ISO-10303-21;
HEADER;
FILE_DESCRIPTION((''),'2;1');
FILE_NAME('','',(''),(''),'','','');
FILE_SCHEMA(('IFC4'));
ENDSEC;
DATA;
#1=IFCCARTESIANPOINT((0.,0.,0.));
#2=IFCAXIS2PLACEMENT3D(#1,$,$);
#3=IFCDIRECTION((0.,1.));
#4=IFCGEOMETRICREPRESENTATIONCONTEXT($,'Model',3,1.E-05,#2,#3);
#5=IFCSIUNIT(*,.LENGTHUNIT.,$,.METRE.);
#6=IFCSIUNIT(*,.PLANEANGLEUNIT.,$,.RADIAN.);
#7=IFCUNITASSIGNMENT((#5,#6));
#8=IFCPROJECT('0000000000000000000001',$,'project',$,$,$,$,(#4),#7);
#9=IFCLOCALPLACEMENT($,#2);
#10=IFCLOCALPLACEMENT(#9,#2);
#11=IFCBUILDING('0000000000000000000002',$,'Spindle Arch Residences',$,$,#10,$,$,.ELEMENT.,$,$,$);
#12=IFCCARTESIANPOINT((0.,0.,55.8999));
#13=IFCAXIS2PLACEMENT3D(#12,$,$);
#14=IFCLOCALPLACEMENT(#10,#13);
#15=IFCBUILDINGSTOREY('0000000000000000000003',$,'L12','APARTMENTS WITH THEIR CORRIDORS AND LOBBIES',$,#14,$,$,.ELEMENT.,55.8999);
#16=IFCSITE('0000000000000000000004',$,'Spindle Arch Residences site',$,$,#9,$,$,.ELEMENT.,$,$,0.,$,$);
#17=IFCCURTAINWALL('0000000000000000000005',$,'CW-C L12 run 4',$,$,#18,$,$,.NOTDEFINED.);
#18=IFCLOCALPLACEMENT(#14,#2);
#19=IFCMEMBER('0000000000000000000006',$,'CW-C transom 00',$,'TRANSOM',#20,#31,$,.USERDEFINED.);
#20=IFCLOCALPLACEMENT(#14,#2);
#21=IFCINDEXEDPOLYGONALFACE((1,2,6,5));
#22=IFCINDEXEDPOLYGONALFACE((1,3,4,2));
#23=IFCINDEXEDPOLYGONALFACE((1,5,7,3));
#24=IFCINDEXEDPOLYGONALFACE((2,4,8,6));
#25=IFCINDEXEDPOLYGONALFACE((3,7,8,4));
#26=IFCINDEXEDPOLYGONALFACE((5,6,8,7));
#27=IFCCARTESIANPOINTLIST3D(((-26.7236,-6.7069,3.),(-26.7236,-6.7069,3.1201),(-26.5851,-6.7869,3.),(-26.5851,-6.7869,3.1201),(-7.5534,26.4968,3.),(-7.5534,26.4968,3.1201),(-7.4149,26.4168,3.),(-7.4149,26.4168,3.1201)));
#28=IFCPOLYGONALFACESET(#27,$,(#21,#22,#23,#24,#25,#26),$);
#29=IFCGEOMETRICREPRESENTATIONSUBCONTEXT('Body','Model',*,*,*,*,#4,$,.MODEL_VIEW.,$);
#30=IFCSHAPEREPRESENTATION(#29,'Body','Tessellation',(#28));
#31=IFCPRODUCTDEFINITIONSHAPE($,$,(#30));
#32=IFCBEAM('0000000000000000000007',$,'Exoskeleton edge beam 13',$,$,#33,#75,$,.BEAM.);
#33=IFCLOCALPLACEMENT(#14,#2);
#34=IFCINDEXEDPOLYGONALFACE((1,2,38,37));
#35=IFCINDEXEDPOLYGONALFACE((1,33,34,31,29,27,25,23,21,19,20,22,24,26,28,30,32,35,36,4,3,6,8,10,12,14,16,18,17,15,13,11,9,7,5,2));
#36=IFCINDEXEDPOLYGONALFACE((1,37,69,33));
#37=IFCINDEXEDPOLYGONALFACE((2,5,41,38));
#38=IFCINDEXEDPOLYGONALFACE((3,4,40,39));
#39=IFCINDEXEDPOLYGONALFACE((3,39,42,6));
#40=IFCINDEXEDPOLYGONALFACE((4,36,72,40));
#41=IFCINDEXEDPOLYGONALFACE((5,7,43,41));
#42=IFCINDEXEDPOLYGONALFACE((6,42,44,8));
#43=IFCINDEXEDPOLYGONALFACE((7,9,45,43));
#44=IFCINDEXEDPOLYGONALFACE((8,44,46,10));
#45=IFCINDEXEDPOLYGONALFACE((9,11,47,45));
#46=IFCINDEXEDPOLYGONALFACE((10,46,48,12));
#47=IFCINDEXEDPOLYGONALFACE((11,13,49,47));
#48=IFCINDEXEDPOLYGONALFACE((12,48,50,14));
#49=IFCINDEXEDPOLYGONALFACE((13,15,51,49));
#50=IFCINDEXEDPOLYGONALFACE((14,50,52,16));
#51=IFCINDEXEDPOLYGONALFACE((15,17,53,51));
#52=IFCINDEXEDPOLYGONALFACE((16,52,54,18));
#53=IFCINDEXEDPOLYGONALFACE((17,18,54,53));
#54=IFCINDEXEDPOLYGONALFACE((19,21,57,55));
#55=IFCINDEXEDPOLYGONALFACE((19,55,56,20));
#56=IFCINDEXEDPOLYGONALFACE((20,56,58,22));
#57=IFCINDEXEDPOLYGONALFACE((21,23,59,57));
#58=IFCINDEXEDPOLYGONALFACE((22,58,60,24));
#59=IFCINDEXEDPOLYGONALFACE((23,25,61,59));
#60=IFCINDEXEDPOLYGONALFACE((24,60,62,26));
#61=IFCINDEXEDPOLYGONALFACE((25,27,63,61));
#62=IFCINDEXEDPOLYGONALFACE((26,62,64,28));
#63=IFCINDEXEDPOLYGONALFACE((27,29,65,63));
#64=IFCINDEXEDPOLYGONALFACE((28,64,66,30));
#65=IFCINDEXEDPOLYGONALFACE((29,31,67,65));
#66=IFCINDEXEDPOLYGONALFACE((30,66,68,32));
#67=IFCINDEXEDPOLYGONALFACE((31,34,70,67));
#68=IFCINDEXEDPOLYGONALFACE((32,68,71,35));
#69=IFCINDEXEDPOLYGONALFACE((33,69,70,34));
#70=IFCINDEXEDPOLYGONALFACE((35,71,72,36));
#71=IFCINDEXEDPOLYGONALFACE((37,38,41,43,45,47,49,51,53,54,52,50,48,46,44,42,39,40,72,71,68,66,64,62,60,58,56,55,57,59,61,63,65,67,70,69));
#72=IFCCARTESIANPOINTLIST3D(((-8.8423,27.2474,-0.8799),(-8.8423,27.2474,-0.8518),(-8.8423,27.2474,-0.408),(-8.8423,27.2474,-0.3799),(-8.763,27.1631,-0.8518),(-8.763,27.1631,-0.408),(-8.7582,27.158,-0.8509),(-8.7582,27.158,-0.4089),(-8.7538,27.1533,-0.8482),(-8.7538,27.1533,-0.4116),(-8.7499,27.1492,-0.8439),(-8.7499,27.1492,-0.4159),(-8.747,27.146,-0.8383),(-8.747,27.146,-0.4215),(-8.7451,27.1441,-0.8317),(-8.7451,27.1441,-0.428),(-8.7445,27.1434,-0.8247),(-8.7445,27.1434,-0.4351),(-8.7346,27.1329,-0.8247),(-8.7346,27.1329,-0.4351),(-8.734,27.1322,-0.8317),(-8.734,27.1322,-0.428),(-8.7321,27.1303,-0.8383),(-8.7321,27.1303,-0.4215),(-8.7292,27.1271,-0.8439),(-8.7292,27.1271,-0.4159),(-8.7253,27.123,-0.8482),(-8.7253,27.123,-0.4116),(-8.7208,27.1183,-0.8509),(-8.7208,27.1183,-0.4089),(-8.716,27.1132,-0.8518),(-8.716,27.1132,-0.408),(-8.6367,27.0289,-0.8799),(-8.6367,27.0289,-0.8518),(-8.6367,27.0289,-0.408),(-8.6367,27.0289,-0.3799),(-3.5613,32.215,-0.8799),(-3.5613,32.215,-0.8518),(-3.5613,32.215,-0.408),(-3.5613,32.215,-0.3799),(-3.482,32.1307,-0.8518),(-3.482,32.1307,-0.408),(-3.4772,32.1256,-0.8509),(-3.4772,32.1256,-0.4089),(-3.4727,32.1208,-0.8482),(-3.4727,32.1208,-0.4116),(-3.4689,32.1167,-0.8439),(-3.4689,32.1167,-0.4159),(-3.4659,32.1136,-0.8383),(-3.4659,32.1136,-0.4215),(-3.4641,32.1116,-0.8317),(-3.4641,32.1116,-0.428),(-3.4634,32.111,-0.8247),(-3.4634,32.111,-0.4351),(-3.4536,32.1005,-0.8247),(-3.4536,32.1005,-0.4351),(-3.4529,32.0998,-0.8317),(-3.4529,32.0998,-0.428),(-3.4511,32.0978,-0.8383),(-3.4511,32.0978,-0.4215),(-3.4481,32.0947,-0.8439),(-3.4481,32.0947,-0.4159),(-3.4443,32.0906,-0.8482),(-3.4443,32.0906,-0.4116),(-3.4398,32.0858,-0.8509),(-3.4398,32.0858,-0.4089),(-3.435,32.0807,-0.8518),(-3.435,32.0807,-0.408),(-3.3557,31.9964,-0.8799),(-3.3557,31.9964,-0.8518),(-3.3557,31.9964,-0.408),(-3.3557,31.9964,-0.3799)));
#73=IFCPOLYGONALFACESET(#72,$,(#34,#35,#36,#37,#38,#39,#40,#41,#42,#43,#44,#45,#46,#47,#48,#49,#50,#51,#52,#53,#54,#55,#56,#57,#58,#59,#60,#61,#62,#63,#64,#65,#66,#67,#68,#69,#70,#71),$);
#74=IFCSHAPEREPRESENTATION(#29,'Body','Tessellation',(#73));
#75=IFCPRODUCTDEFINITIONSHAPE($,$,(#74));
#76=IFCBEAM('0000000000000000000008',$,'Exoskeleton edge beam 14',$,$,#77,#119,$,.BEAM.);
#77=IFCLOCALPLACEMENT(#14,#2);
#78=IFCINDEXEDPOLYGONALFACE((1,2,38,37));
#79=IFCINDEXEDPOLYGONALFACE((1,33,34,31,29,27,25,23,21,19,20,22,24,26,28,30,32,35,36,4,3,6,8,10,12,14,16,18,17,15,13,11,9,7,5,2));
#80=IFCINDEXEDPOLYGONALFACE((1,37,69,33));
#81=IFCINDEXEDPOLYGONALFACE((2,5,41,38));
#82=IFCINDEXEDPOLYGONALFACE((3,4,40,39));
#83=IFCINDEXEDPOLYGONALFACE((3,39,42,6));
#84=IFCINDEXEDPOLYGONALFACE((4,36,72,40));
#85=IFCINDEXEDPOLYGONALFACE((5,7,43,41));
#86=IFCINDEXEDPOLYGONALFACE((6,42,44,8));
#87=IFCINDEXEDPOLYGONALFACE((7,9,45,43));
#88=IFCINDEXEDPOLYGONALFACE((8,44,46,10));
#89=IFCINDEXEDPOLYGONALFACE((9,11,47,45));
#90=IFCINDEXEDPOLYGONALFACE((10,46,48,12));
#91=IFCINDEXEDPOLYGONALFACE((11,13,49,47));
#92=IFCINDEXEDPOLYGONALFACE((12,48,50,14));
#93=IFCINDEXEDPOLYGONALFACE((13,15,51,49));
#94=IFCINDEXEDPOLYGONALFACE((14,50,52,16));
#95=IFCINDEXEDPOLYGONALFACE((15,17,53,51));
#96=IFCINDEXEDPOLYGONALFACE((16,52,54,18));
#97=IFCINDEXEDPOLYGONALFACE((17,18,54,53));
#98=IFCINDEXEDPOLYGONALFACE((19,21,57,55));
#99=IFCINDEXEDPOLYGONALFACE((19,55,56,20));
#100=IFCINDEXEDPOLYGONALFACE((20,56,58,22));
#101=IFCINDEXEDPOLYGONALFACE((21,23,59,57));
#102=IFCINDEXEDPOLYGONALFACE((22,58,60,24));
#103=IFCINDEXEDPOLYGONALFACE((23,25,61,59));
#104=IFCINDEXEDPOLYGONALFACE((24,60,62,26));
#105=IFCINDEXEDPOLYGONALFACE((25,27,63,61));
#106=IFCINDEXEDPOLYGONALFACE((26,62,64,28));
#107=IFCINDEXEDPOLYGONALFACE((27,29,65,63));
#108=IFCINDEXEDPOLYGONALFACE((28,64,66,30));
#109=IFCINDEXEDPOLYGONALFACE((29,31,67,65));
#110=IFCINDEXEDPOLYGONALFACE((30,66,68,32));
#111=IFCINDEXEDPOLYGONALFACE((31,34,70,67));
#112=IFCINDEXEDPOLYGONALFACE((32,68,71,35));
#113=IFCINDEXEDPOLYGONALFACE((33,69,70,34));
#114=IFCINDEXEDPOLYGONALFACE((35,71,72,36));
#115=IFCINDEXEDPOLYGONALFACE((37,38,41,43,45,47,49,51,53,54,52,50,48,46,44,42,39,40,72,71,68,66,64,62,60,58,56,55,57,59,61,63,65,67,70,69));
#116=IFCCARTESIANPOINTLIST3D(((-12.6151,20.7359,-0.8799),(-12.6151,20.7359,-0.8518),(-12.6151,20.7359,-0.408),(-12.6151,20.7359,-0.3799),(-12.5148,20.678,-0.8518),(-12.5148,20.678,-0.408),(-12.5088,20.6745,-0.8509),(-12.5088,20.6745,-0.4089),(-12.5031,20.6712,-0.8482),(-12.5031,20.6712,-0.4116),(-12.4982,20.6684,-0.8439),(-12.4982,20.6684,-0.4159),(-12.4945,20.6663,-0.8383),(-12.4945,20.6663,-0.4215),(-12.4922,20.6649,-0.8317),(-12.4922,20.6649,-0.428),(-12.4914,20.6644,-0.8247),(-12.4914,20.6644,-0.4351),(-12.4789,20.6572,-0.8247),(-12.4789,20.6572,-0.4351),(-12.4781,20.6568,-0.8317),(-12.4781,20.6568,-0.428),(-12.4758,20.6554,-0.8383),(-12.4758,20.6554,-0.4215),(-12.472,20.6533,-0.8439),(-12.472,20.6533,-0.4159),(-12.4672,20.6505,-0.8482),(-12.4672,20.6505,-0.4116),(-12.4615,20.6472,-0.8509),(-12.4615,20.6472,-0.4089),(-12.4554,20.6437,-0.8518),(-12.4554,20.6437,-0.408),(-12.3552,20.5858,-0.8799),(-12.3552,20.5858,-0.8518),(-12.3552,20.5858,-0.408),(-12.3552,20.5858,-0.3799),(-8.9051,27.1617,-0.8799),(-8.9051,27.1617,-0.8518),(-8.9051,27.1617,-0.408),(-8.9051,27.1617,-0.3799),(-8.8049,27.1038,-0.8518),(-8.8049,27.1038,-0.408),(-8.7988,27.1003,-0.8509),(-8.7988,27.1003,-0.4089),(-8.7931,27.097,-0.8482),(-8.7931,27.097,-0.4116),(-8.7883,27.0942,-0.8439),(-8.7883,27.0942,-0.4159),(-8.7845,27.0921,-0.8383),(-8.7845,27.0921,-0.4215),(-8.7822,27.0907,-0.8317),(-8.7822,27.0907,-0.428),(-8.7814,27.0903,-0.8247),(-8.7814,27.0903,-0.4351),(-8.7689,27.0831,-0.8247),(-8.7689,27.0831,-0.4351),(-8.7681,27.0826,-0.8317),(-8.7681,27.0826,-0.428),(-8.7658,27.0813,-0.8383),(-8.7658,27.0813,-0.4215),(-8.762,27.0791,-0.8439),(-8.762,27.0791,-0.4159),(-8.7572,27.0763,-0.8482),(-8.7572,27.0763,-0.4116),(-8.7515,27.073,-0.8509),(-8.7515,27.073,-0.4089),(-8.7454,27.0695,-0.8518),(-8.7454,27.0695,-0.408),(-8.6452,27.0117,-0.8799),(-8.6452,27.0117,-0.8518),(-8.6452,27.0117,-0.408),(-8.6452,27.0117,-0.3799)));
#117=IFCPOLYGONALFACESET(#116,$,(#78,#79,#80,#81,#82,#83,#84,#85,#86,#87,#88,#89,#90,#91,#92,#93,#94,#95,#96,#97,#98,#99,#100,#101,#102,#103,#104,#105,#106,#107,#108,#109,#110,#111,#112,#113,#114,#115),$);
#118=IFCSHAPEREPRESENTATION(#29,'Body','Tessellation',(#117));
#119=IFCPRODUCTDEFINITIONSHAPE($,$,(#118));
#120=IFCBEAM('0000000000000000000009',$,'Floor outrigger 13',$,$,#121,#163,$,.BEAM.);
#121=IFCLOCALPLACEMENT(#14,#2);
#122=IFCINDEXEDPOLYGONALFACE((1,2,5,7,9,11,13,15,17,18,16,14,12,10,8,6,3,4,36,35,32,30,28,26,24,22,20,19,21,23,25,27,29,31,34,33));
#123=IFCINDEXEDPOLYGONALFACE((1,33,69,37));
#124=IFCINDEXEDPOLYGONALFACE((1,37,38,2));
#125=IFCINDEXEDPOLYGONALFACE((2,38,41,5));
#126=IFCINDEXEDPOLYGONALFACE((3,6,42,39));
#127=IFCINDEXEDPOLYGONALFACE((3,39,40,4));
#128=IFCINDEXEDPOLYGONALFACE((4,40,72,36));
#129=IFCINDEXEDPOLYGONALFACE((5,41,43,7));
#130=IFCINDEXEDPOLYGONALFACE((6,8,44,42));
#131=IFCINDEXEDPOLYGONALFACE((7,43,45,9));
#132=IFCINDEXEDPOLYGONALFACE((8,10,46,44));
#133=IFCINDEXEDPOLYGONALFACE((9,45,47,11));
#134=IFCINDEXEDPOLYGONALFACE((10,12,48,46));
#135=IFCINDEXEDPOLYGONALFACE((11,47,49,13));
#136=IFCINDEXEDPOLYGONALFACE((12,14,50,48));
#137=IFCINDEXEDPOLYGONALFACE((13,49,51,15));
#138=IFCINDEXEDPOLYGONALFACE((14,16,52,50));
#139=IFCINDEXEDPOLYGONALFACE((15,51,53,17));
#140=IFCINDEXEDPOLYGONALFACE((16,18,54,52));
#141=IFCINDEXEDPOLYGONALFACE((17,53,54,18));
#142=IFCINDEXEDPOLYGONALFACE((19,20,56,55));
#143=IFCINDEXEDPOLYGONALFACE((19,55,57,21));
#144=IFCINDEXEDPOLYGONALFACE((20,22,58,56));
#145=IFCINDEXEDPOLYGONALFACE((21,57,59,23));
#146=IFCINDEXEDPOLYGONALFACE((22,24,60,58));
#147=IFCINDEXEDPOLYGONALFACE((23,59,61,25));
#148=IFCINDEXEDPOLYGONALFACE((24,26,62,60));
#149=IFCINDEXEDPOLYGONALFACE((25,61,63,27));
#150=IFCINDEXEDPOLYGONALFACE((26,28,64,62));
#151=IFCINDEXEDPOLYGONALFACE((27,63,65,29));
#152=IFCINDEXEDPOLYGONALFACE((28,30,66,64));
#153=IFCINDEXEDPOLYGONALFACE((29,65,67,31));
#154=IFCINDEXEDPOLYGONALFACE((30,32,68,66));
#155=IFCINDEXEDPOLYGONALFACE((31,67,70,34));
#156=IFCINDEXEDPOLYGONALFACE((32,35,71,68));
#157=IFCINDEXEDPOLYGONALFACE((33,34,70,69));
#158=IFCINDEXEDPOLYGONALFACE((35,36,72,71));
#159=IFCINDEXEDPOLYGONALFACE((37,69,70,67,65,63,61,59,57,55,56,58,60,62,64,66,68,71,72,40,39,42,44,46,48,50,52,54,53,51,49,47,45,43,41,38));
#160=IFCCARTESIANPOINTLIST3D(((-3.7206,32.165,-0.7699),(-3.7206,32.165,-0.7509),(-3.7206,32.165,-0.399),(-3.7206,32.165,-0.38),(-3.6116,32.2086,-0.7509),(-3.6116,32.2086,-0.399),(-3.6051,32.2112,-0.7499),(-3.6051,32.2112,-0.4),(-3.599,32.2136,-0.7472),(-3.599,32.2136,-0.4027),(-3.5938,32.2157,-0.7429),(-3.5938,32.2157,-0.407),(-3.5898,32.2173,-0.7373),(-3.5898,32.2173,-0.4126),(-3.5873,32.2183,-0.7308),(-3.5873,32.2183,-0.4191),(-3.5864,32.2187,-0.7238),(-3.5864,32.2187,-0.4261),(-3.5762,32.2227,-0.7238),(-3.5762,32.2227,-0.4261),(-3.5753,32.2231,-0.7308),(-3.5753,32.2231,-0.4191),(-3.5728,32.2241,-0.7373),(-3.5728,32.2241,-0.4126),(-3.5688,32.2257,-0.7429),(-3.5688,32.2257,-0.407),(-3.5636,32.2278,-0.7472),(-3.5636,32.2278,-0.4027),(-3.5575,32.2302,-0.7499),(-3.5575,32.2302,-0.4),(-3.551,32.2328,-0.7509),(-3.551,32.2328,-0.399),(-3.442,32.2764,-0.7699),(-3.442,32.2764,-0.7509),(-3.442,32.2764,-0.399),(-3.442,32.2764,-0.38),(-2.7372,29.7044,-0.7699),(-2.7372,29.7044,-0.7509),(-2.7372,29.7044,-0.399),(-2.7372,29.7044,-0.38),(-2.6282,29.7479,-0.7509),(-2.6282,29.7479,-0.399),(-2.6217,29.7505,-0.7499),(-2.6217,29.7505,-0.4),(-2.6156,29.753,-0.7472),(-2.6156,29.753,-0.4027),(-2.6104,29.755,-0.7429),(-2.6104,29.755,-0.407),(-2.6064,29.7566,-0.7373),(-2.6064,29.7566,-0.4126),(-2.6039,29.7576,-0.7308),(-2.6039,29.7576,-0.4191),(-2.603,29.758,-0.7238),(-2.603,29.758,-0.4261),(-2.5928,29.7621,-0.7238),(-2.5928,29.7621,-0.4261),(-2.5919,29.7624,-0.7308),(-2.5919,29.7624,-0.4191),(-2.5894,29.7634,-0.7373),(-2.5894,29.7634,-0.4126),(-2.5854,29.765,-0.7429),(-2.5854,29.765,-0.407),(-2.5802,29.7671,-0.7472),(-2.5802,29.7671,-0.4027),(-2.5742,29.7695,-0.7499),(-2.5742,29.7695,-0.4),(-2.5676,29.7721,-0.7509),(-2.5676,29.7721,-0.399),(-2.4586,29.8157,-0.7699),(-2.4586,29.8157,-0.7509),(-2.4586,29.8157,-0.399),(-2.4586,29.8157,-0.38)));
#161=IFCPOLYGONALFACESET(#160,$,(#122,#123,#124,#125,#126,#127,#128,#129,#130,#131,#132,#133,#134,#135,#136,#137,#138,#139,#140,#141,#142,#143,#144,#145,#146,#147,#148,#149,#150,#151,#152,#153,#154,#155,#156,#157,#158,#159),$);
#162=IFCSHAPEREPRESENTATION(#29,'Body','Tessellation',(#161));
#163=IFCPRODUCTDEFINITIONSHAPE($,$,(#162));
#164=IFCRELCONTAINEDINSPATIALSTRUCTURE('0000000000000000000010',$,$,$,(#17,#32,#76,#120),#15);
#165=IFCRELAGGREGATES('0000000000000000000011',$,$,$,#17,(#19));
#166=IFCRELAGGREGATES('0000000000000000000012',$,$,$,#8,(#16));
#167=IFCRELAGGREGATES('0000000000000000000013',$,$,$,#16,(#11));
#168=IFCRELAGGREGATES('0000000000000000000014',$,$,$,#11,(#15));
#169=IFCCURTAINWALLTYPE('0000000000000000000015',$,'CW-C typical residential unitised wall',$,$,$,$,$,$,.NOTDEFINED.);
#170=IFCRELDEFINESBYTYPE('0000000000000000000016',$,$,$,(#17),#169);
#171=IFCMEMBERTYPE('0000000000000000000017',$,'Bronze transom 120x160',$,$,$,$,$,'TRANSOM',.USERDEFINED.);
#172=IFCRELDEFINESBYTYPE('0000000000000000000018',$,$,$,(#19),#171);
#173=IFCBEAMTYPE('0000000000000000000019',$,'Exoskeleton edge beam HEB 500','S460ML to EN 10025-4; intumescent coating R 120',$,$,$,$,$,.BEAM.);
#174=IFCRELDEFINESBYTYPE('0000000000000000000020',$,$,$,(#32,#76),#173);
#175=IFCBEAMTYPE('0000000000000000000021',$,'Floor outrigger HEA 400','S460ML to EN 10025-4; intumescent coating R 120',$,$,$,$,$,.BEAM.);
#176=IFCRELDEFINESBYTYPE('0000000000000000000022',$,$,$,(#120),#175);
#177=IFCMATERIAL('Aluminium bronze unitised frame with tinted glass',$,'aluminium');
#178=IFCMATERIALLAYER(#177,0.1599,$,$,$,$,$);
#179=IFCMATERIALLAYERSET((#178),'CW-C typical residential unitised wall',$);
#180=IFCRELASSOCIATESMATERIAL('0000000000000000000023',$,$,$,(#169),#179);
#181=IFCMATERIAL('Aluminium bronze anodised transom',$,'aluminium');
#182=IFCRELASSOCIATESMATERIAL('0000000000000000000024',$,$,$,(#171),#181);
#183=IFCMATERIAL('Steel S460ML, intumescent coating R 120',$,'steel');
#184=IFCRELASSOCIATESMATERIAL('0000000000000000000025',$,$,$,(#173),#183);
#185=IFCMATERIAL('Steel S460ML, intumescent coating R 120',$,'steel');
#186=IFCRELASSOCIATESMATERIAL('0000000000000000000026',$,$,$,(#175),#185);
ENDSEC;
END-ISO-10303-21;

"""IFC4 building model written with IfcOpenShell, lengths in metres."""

from ifc_helpers import new_model, si_unit, direction, frame, origin, origin_2d, place, context, subcontext, project, spatial, rectangle, i_section, extrude, material, layer, layer_set, material_profile, profile_set, type_object, element, aggregate, save


model = new_model("IFC4")

# Units and contexts
model_context = context("Model", 3, precision=1e-05, world=origin(), true_north=direction((0.0, 1.0)))
body_context = subcontext(model_context, "Body", "Model", "MODEL_VIEW")
ifc_project = project(units=[si_unit("LENGTHUNIT", "METRE"), si_unit("PLANEANGLEUNIT", "RADIAN")], contexts=[model_context])

# Site, building, storey
site_placement = place(None, origin())
site = spatial("IfcSite", under=ifc_project, at=site_placement, Name="Spindle Arch Residences site", CompositionType="ELEMENT", RefElevation=0.0)
building_placement = place(site_placement, origin())
building = spatial("IfcBuilding", under=site, at=building_placement, Name="Spindle Arch Residences", CompositionType="ELEMENT")
storey_placement = place(building_placement, frame((0.0, 0.0, 55.8999)))
storey = spatial("IfcBuildingStorey", under=building, at=storey_placement, Name="L12", Description="APARTMENTS WITH THEIR CORRIDORS AND LOBBIES", CompositionType="ELEMENT", Elevation=55.8999)

# Curtain wall
ifc_material_1 = material(Name="Aluminium bronze unitised frame with tinted glass", Category="aluminium")
ifc_layer_1 = layer(ifc_material_1, 0.1599)
ifc_layer_set_1 = layer_set([ifc_layer_1], Name="CW-C typical residential unitised wall")
curtain_wall_type_1 = type_object("IfcCurtainWallType", Name="CW-C typical residential unitised wall", PredefinedType="NOTDEFINED", material=ifc_layer_set_1)
curtain_wall_1_placement = place(storey_placement, origin())
curtain_wall_1 = element("IfcCurtainWall", 1, at=curtain_wall_1_placement, inside=storey, type_object=curtain_wall_type_1, Name="CW-C L12 run 4", PredefinedType="NOTDEFINED")

# Member
ifc_material_2 = material(Name="Aluminium bronze anodised transom", Category="aluminium")
ifc_material_profile_1 = material_profile(ifc_material_2, rectangle(XDim=0.1599, YDim=0.1201, at=origin_2d()), Name="TR 120x160")
ifc_profile_set_1 = profile_set([ifc_material_profile_1], Name="Aluminium bronze anodised transom")
member_type_1 = type_object("IfcMemberType", Name="Bronze transom 120x160", ElementType="TRANSOM", PredefinedType="USERDEFINED", material=ifc_profile_set_1)
member_1_placement = place(storey_placement, frame((-7.4841, 26.4568, 3.0601), z_axis=(-0.500001, -0.866025, 0.0), x_axis=(0.866025, -0.500001, 0.0)))
member_1 = element("IfcMember", 2, at=member_1_placement, type_object=member_type_1, Name="CW-C transom 00", ObjectType="TRANSOM", PredefinedType="USERDEFINED", context=body_context, shape_type="SweptSolid", body=[
    extrude(rectangle(XDim=0.1599, YDim=0.1201, at=origin_2d()), origin(), (0.0, 0.0, 1.0), 38.3403),
])

# Beams
ifc_material_3 = material(Name="Steel S460ML, intumescent coating R 120", Category="steel")
ifc_material_profile_2 = material_profile(ifc_material_3, i_section(OverallWidth=0.3, OverallDepth=0.5, WebThickness=0.0144, FlangeThickness=0.0281, FilletRadius=0.0271, at=origin_2d()), Name="HEB 500")
ifc_profile_set_2 = profile_set([ifc_material_profile_2], Name="Steel S460ML, intumescent coating R 120")
beam_type_1 = type_object("IfcBeamType", Name="Exoskeleton edge beam HEB 500", Description="S460ML to EN 10025-4; intumescent coating R 120", PredefinedType="BEAM", material=ifc_profile_set_2)
beam_1_placement = place(storey_placement, frame((-3.4585, 32.1057, -0.6299), z_axis=(-0.728395, -0.685158, 0.0), x_axis=(0.685158, -0.728395, 0.0)))
element("IfcBeam", 3, at=beam_1_placement, inside=storey, type_object=beam_type_1, Name="Exoskeleton edge beam 13", PredefinedType="BEAM", context=body_context, shape_type="SweptSolid", body=[
    extrude(i_section(OverallWidth=0.3, OverallDepth=0.5, WebThickness=0.0144, FlangeThickness=0.0281, FilletRadius=0.0271, at=origin_2d()), origin(), (0.0, 0.0, 1.0), 7.2502),
])
beam_2_placement = place(storey_placement, frame((-8.7751, 27.0867, -0.6299), z_axis=(-0.500003, -0.866023, 0.0), x_axis=(0.866023, -0.500003, 0.0)))
element("IfcBeam", 4, at=beam_2_placement, inside=storey, type_object=beam_type_1, Name="Exoskeleton edge beam 14", PredefinedType="BEAM", context=body_context, shape_type="SweptSolid", body=[
    extrude(i_section(OverallWidth=0.3, OverallDepth=0.5, WebThickness=0.0144, FlangeThickness=0.0281, FilletRadius=0.0271, at=origin_2d()), origin(), (0.0, 0.0, 1.0), 7.4199),
])
ifc_material_4 = material(Name="Steel S460ML, intumescent coating R 120", Category="steel")
ifc_material_profile_3 = material_profile(ifc_material_4, i_section(OverallWidth=0.3, OverallDepth=0.3899, WebThickness=0.011, FlangeThickness=0.019, FilletRadius=0.0271, at=origin_2d()), Name="HEA 400")
ifc_profile_set_3 = profile_set([ifc_material_profile_3], Name="Steel S460ML, intumescent coating R 120")
beam_type_2 = type_object("IfcBeamType", Name="Floor outrigger HEA 400", Description="S460ML to EN 10025-4; intumescent coating R 120", PredefinedType="BEAM", material=ifc_profile_set_3)
beam_3_placement = place(storey_placement, frame((-3.5813, 32.2207, -0.575), z_axis=(0.371105, -0.928591, 0.0), x_axis=(0.928591, 0.371105, 0.0)))
element("IfcBeam", 5, at=beam_3_placement, inside=storey, type_object=beam_type_2, Name="Floor outrigger 13", PredefinedType="BEAM", context=body_context, shape_type="SweptSolid", body=[
    extrude(i_section(OverallWidth=0.3, OverallDepth=0.3899, WebThickness=0.011, FlangeThickness=0.019, FilletRadius=0.0271, at=origin_2d()), origin(), (0.0, 0.0, 1.0), 2.6499),
])

aggregate(curtain_wall_1, [member_1])

save(model, "model.ifc")
